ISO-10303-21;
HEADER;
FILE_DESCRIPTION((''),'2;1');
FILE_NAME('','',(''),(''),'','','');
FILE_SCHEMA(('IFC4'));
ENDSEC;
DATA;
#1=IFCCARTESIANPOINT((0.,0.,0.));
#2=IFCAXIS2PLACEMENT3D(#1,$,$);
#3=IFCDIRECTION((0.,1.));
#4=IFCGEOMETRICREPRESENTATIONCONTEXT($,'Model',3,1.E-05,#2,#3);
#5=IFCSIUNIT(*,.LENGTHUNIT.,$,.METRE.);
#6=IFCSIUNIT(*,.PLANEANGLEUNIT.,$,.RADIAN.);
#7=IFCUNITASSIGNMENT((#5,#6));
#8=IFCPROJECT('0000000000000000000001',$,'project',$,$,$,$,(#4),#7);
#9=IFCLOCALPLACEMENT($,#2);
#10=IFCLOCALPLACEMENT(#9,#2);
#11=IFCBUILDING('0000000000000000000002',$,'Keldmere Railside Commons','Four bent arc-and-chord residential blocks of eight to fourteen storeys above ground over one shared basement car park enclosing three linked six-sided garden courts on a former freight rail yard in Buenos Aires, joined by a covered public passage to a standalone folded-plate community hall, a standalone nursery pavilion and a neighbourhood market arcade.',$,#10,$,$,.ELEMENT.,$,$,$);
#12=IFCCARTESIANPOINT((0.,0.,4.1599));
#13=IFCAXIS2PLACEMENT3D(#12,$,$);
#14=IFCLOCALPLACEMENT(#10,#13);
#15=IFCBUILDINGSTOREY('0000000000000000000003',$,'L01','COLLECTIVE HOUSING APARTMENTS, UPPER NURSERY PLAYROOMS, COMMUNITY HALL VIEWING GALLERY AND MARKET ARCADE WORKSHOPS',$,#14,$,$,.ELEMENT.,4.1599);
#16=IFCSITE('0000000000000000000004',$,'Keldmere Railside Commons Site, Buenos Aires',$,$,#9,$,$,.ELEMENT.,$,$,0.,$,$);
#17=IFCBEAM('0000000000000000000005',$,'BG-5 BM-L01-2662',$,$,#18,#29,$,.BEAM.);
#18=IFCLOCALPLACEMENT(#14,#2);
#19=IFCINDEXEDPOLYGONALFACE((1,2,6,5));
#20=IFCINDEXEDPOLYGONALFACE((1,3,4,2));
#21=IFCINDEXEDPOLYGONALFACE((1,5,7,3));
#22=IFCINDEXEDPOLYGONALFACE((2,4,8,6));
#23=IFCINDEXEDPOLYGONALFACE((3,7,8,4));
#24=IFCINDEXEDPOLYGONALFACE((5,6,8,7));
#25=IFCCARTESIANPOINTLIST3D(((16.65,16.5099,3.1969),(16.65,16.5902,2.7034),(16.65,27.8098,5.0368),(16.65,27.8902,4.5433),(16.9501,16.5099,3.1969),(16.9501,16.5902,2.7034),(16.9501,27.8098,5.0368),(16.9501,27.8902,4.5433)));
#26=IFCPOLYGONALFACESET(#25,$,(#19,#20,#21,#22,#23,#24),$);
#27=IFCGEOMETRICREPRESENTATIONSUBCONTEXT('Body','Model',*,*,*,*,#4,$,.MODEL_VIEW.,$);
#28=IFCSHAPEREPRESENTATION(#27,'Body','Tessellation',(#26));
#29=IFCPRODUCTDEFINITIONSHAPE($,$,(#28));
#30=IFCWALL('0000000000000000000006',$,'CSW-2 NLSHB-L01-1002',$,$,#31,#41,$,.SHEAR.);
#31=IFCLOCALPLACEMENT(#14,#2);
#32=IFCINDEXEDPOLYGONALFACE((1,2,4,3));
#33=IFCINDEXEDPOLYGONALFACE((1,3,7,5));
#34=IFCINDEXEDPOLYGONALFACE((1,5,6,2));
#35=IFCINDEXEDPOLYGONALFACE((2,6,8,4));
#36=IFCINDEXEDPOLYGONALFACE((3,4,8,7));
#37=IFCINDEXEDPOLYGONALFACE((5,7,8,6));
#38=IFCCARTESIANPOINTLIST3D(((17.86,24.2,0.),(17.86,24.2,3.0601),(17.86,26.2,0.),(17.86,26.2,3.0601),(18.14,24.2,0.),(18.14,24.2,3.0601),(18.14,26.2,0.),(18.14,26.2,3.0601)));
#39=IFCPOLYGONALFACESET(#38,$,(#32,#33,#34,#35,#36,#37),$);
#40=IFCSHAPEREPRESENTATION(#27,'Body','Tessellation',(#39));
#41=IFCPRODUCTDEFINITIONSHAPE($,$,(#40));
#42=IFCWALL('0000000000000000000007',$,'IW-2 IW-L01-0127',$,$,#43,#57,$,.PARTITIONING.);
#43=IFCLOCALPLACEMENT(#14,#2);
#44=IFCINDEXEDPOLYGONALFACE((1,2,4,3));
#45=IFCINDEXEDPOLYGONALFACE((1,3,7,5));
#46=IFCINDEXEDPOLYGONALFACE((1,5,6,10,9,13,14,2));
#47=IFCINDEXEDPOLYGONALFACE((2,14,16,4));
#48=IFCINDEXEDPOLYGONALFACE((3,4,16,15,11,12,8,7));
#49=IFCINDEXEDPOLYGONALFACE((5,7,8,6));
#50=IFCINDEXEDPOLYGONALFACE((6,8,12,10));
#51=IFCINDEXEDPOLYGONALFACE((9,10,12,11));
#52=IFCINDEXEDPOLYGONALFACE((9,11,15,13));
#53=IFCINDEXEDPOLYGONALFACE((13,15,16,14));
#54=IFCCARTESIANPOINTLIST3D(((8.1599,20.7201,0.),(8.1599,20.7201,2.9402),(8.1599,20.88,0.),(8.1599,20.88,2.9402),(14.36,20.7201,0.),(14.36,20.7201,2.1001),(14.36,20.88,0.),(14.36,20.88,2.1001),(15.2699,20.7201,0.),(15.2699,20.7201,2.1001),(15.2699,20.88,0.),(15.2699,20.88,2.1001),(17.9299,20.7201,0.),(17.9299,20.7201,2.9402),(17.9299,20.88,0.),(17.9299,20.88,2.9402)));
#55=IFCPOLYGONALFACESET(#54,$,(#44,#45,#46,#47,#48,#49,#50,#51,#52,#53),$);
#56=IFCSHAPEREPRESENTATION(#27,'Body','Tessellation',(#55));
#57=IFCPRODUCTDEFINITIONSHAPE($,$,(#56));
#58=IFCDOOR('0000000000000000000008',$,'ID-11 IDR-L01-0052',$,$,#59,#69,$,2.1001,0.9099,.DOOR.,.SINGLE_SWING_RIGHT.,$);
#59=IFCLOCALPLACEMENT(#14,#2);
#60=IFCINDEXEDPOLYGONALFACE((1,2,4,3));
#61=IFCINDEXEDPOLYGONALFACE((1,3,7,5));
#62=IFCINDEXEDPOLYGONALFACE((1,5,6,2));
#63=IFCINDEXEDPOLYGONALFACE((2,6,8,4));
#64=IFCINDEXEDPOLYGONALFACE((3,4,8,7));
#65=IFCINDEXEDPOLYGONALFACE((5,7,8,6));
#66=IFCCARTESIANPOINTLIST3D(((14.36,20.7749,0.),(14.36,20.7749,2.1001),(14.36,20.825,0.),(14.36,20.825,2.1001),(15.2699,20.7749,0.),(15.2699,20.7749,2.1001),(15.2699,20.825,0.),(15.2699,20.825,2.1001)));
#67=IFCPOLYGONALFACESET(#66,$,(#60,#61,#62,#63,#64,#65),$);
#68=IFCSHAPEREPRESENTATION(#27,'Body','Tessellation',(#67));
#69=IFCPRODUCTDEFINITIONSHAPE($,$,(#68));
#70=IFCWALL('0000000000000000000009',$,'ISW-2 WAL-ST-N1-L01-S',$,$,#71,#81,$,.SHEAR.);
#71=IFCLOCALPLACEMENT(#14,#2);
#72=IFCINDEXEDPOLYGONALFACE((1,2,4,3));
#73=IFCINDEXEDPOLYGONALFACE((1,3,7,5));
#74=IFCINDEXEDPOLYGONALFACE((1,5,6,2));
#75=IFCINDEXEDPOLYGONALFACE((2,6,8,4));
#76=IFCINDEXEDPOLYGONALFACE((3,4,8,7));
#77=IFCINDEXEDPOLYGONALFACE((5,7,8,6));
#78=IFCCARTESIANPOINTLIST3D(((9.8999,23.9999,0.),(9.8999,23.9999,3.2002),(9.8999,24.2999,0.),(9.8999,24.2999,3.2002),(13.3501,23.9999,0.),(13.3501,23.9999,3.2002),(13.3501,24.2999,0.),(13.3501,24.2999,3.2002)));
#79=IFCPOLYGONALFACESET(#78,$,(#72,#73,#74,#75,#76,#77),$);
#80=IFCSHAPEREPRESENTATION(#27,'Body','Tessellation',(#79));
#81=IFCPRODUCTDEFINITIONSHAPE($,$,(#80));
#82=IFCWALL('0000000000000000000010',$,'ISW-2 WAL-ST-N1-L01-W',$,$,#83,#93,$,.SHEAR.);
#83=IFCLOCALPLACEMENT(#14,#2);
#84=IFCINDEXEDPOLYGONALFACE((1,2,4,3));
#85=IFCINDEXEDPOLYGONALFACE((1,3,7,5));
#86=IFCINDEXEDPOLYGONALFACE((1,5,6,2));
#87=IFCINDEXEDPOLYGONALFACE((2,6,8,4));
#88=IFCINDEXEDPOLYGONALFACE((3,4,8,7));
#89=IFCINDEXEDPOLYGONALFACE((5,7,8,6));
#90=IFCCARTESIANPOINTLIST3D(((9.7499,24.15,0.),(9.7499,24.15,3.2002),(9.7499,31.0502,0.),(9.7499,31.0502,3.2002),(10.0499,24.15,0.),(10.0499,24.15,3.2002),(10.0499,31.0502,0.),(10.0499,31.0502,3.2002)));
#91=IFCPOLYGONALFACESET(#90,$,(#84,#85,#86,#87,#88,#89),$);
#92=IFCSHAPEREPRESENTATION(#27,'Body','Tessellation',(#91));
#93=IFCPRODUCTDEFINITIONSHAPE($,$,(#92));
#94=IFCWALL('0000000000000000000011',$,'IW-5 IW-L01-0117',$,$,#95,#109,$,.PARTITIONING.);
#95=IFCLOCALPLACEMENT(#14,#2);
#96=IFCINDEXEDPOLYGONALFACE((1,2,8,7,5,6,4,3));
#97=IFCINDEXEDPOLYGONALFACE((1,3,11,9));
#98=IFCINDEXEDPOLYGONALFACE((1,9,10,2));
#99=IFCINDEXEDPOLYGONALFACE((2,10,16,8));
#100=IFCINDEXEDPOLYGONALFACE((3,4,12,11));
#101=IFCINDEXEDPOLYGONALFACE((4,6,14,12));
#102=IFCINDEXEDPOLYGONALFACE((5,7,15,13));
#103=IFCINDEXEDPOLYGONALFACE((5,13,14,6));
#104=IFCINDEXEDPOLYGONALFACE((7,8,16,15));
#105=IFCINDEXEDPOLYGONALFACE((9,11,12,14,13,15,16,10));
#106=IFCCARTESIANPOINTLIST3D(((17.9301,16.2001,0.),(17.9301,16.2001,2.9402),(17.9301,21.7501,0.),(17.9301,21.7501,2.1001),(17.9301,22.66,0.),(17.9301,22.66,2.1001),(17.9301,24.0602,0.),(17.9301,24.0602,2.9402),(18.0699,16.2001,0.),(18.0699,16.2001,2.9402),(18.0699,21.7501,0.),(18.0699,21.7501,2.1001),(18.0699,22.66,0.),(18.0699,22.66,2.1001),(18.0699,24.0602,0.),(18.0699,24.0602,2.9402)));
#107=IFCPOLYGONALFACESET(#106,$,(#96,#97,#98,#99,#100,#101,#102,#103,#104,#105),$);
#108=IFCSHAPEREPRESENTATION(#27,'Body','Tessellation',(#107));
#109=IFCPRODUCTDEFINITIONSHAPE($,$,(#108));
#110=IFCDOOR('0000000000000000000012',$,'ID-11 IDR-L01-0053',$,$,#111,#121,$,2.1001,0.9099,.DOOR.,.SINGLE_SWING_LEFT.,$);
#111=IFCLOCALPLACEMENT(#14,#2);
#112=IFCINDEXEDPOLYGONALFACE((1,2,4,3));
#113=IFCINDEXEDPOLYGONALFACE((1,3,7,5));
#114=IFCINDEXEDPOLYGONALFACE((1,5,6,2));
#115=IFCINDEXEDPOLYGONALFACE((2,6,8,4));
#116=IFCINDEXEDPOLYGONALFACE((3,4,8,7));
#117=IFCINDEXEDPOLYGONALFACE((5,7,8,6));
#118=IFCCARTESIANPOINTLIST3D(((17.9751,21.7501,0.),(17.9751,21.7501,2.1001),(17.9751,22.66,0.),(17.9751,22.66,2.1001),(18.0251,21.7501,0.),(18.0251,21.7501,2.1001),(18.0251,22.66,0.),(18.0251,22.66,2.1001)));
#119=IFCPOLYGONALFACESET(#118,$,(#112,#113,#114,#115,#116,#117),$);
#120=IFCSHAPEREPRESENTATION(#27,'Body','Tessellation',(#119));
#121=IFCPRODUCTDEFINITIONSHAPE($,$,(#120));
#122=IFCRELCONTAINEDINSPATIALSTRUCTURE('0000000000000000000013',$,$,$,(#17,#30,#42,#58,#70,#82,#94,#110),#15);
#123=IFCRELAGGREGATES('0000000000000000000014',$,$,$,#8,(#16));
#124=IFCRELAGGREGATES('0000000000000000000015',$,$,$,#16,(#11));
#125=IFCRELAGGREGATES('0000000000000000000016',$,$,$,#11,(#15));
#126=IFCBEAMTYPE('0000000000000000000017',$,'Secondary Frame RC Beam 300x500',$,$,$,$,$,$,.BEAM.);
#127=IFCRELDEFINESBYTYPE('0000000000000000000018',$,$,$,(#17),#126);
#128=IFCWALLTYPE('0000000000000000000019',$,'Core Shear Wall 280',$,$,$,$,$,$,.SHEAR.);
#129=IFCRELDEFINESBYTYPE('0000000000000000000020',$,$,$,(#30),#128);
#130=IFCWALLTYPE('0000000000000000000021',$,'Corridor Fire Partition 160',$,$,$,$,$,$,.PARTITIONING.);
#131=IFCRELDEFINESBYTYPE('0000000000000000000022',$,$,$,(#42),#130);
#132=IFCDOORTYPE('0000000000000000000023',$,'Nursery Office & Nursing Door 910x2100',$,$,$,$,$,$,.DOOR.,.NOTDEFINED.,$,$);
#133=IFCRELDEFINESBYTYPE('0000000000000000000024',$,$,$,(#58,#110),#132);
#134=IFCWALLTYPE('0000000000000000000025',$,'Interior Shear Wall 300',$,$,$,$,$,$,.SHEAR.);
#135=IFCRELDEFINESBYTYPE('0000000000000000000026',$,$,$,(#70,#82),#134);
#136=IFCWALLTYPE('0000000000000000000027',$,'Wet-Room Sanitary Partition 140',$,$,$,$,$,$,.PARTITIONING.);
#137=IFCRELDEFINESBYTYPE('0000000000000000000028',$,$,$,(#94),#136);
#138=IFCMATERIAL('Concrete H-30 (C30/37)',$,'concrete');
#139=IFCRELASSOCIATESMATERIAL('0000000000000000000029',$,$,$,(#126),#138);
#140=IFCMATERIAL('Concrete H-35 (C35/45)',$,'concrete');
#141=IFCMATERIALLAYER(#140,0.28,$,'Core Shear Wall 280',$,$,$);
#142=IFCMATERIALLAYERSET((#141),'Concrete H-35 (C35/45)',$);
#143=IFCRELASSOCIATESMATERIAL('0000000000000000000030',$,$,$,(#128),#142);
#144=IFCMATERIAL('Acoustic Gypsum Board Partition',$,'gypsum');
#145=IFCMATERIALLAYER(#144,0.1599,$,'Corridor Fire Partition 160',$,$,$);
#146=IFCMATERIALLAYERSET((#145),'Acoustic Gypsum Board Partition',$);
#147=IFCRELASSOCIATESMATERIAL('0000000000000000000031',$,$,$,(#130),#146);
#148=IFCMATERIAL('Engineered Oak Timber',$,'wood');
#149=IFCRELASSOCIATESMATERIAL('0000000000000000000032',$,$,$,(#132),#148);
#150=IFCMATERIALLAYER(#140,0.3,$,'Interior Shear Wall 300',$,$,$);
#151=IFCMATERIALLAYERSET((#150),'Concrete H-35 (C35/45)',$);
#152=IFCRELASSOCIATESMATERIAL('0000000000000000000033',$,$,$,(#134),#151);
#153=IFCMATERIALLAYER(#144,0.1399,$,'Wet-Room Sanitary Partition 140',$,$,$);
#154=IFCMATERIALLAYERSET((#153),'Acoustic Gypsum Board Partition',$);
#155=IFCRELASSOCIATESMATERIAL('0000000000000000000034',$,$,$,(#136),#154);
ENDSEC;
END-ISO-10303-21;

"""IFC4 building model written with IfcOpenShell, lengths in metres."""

from ifc_helpers import new_model, si_unit, direction, frame, frame_2d, origin, origin_2d, place, context, subcontext, project, spatial, rectangle, extrude, material, layer, layer_set, material_profile, profile_set, type_object, element, fill, save


model = new_model("IFC4")

# Units and contexts
model_context = context("Model", 3, precision=1e-05, world=origin(), true_north=direction((0.0, 1.0)))
body_context = subcontext(model_context, "Body", "Model", "MODEL_VIEW")
ifc_project = project(units=[si_unit("LENGTHUNIT", "METRE"), si_unit("PLANEANGLEUNIT", "RADIAN")], contexts=[model_context])

# Site, building, storey
site_placement = place(None, origin())
site = spatial("IfcSite", under=ifc_project, at=site_placement, Name="Keldmere Railside Commons Site, Buenos Aires", CompositionType="ELEMENT", RefElevation=0.0)
building_placement = place(site_placement, origin())
building = spatial("IfcBuilding", under=site, at=building_placement, Name="Keldmere Railside Commons", Description="Four bent arc-and-chord residential blocks of eight to fourteen storeys above ground over one shared basement car park enclosing three linked six-sided garden courts on a former freight rail yard in Buenos Aires, joined by a covered public passage to a standalone folded-plate community hall, a standalone nursery pavilion and a neighbourhood market arcade.", CompositionType="ELEMENT")
storey_placement = place(building_placement, frame((0.0, 0.0, 4.1599)))
storey = spatial("IfcBuildingStorey", under=building, at=storey_placement, Name="L01", Description="COLLECTIVE HOUSING APARTMENTS, UPPER NURSERY PLAYROOMS, COMMUNITY HALL VIEWING GALLERY AND MARKET ARCADE WORKSHOPS", CompositionType="ELEMENT", Elevation=4.1599)

# Shared definitions
ifc_material_1 = material(Name="Concrete H-35 (C35/45)", Category="concrete")

# Beam
ifc_material_2 = material(Name="Concrete H-30 (C30/37)", Category="concrete")
ifc_material_profile_1 = material_profile(ifc_material_2, rectangle(XDim=0.3, YDim=0.5, at=origin_2d()), Name="RC-300x500")
ifc_profile_set_1 = profile_set([ifc_material_profile_1], Name="Concrete H-30 (C30/37)")
beam_type_1 = type_object("IfcBeamType", Name="Secondary Frame RC Beam 300x500", PredefinedType="BEAM", material=ifc_profile_set_1)
for number, where, z_axis, x_axis, name in (
    (1, (16.8, 16.55, 2.9502), (0.0, 0.987003, 0.160701), (-1.0, 0.0, 0.0), "BG-5 BM-L01-2662"),
):
    element("IfcBeam", number, at=place(storey_placement, frame(where, z_axis=z_axis, x_axis=x_axis)), inside=storey, type_object=beam_type_1, Name=name, PredefinedType="BEAM", context=body_context, shape_type="SweptSolid", body=[
        extrude(rectangle(XDim=0.3, YDim=0.5, at=origin_2d()), origin(), (0.0, 0.0, 1.0), 11.4487),
    ])

# Wall
ifc_layer_1 = layer(ifc_material_1, 0.28, Name="Core Shear Wall 280")
ifc_layer_set_1 = layer_set([ifc_layer_1], Name="Concrete H-35 (C35/45)")
wall_type_1 = type_object("IfcWallType", Name="Core Shear Wall 280", PredefinedType="SHEAR", material=ifc_layer_set_1)
wall_1_placement = place(storey_placement, frame((18.0, 24.2, 0.0), z_axis=(0.0, 0.0, 1.0), x_axis=(0.0, 1.0, 0.0)))
element("IfcWall", 2, at=wall_1_placement, inside=storey, type_object=wall_type_1, Name="CSW-2 NLSHB-L01-1002", PredefinedType="SHEAR", context=body_context, shape_type="SweptSolid", body=[
    extrude(rectangle(XDim=2.0, YDim=0.28, at=frame_2d((1.0, 0.0))), origin(), (0.0, 0.0, 1.0), 3.0601),
])

# Wall, opening, door
ifc_material_3 = material(Name="Acoustic Gypsum Board Partition", Category="gypsum")
ifc_layer_2 = layer(ifc_material_3, 0.1599, Name="Corridor Fire Partition 160")
ifc_layer_set_2 = layer_set([ifc_layer_2], Name="Acoustic Gypsum Board Partition")
wall_type_2 = type_object("IfcWallType", Name="Corridor Fire Partition 160", PredefinedType="PARTITIONING", material=ifc_layer_set_2)
wall_2_placement = place(storey_placement, frame((8.1599, 20.8, 0.0), z_axis=(0.0, 0.0, 1.0), x_axis=(1.0, 0.0, 0.0)))
wall_2 = element("IfcWall", 3, at=wall_2_placement, inside=storey, type_object=wall_type_2, Name="IW-2 IW-L01-0127", PredefinedType="PARTITIONING", context=body_context, shape_type="SweptSolid", body=[
    extrude(rectangle(XDim=9.77, YDim=0.1599, at=frame_2d((4.885, 0.0))), origin(), (0.0, 0.0, 1.0), 2.9402),
])
opening_1_placement = place(wall_2_placement, frame((6.2, 0.0, 0.0)))
opening_1 = element("IfcOpeningElement", 4, at=opening_1_placement, cuts=wall_2, PredefinedType="OPENING", context=body_context, shape_type="SweptSolid", body=[
    extrude(rectangle(XDim=0.9099, YDim=2.1001, at=frame_2d((0.4551, 1.05))), frame((0.0, 0.0898, 0.0), z_axis=(0.0, -1.0, 0.0), x_axis=(1.0, 0.0, 0.0)), (0.0, 0.0, 1.0), 0.1799),
])
ifc_material_4 = material(Name="Engineered Oak Timber", Category="wood")
door_type = type_object("IfcDoorType", Name="Nursery Office & Nursing Door 910x2100", OperationType="NOTDEFINED", PredefinedType="DOOR", material=ifc_material_4)
door_1_placement = place(opening_1_placement, origin())
door_1 = element("IfcDoor", 5, at=door_1_placement, inside=storey, type_object=door_type, Name="ID-11 IDR-L01-0052", OperationType="SINGLE_SWING_RIGHT", OverallHeight=2.1001, OverallWidth=0.9099, PredefinedType="DOOR", context=body_context, shape_type="SweptSolid", body=[
    extrude(rectangle(XDim=0.9099, YDim=2.1001, at=frame_2d((0.4551, 1.05))), frame((0.0, 0.0249, 0.0), z_axis=(0.0, -1.0, 0.0), x_axis=(1.0, 0.0, 0.0)), (0.0, 0.0, 1.0), 0.05),
])
fill(opening_1, door_1)

# Walls
ifc_layer_3 = layer(ifc_material_1, 0.3, Name="Interior Shear Wall 300")
ifc_layer_set_3 = layer_set([ifc_layer_3], Name="Concrete H-35 (C35/45)")
wall_type_3 = type_object("IfcWallType", Name="Interior Shear Wall 300", PredefinedType="SHEAR", material=ifc_layer_set_3)
wall_3_placement = place(storey_placement, frame((9.8999, 24.1499, 0.0), z_axis=(0.0, 0.0, 1.0), x_axis=(1.0, 0.0, 0.0)))
element("IfcWall", 6, at=wall_3_placement, inside=storey, type_object=wall_type_3, Name="ISW-2 WAL-ST-N1-L01-S", PredefinedType="SHEAR", context=body_context, shape_type="SweptSolid", body=[
    extrude(rectangle(XDim=3.4502, YDim=0.3, at=frame_2d((1.7251, 0.0))), origin(), (0.0, 0.0, 1.0), 3.2002),
])
wall_4_placement = place(storey_placement, frame((9.8999, 24.1499, 0.0), z_axis=(0.0, 0.0, 1.0), x_axis=(0.0, 1.0, 0.0)))
element("IfcWall", 7, at=wall_4_placement, inside=storey, type_object=wall_type_3, Name="ISW-2 WAL-ST-N1-L01-W", PredefinedType="SHEAR", context=body_context, shape_type="SweptSolid", body=[
    extrude(rectangle(XDim=6.9001, YDim=0.3, at=frame_2d((3.4502, 0.0))), origin(), (0.0, 0.0, 1.0), 3.2002),
])

# Wall, opening, door
ifc_layer_4 = layer(ifc_material_3, 0.1399, Name="Wet-Room Sanitary Partition 140")
ifc_layer_set_4 = layer_set([ifc_layer_4], Name="Acoustic Gypsum Board Partition")
wall_type_4 = type_object("IfcWallType", Name="Wet-Room Sanitary Partition 140", PredefinedType="PARTITIONING", material=ifc_layer_set_4)
wall_5_placement = place(storey_placement, frame((18.0, 16.2, 0.0), z_axis=(0.0, 0.0, 1.0), x_axis=(0.0, 1.0, 0.0)))
wall_5 = element("IfcWall", 8, at=wall_5_placement, inside=storey, type_object=wall_type_4, Name="IW-5 IW-L01-0117", PredefinedType="PARTITIONING", context=body_context, shape_type="SweptSolid", body=[
    extrude(rectangle(XDim=7.8601, YDim=0.1399, at=frame_2d((3.9302, 0.0))), origin(), (0.0, 0.0, 1.0), 2.9402),
])
opening_2_placement = place(wall_5_placement, frame((5.55, 0.0, 0.0)))
opening_2 = element("IfcOpeningElement", 9, at=opening_2_placement, cuts=wall_5, PredefinedType="OPENING", context=body_context, shape_type="SweptSolid", body=[
    extrude(rectangle(XDim=0.9099, YDim=2.1001, at=frame_2d((0.4551, 1.05))), frame((0.0, 0.0798, 0.0), z_axis=(0.0, -1.0, 0.0), x_axis=(1.0, 0.0, 0.0)), (0.0, 0.0, 1.0), 0.1599),
])
door_2_placement = place(opening_2_placement, origin())
door_2 = element("IfcDoor", 10, at=door_2_placement, inside=storey, type_object=door_type, Name="ID-11 IDR-L01-0053", OperationType="SINGLE_SWING_LEFT", OverallHeight=2.1001, OverallWidth=0.9099, PredefinedType="DOOR", context=body_context, shape_type="SweptSolid", body=[
    extrude(rectangle(XDim=0.9099, YDim=2.1001, at=frame_2d((0.4551, 1.05))), frame((0.0, 0.0249, 0.0), z_axis=(0.0, -1.0, 0.0), x_axis=(1.0, 0.0, 0.0)), (0.0, 0.0, 1.0), 0.05),
])
fill(opening_2, door_2)

save(model, "model.ifc")
